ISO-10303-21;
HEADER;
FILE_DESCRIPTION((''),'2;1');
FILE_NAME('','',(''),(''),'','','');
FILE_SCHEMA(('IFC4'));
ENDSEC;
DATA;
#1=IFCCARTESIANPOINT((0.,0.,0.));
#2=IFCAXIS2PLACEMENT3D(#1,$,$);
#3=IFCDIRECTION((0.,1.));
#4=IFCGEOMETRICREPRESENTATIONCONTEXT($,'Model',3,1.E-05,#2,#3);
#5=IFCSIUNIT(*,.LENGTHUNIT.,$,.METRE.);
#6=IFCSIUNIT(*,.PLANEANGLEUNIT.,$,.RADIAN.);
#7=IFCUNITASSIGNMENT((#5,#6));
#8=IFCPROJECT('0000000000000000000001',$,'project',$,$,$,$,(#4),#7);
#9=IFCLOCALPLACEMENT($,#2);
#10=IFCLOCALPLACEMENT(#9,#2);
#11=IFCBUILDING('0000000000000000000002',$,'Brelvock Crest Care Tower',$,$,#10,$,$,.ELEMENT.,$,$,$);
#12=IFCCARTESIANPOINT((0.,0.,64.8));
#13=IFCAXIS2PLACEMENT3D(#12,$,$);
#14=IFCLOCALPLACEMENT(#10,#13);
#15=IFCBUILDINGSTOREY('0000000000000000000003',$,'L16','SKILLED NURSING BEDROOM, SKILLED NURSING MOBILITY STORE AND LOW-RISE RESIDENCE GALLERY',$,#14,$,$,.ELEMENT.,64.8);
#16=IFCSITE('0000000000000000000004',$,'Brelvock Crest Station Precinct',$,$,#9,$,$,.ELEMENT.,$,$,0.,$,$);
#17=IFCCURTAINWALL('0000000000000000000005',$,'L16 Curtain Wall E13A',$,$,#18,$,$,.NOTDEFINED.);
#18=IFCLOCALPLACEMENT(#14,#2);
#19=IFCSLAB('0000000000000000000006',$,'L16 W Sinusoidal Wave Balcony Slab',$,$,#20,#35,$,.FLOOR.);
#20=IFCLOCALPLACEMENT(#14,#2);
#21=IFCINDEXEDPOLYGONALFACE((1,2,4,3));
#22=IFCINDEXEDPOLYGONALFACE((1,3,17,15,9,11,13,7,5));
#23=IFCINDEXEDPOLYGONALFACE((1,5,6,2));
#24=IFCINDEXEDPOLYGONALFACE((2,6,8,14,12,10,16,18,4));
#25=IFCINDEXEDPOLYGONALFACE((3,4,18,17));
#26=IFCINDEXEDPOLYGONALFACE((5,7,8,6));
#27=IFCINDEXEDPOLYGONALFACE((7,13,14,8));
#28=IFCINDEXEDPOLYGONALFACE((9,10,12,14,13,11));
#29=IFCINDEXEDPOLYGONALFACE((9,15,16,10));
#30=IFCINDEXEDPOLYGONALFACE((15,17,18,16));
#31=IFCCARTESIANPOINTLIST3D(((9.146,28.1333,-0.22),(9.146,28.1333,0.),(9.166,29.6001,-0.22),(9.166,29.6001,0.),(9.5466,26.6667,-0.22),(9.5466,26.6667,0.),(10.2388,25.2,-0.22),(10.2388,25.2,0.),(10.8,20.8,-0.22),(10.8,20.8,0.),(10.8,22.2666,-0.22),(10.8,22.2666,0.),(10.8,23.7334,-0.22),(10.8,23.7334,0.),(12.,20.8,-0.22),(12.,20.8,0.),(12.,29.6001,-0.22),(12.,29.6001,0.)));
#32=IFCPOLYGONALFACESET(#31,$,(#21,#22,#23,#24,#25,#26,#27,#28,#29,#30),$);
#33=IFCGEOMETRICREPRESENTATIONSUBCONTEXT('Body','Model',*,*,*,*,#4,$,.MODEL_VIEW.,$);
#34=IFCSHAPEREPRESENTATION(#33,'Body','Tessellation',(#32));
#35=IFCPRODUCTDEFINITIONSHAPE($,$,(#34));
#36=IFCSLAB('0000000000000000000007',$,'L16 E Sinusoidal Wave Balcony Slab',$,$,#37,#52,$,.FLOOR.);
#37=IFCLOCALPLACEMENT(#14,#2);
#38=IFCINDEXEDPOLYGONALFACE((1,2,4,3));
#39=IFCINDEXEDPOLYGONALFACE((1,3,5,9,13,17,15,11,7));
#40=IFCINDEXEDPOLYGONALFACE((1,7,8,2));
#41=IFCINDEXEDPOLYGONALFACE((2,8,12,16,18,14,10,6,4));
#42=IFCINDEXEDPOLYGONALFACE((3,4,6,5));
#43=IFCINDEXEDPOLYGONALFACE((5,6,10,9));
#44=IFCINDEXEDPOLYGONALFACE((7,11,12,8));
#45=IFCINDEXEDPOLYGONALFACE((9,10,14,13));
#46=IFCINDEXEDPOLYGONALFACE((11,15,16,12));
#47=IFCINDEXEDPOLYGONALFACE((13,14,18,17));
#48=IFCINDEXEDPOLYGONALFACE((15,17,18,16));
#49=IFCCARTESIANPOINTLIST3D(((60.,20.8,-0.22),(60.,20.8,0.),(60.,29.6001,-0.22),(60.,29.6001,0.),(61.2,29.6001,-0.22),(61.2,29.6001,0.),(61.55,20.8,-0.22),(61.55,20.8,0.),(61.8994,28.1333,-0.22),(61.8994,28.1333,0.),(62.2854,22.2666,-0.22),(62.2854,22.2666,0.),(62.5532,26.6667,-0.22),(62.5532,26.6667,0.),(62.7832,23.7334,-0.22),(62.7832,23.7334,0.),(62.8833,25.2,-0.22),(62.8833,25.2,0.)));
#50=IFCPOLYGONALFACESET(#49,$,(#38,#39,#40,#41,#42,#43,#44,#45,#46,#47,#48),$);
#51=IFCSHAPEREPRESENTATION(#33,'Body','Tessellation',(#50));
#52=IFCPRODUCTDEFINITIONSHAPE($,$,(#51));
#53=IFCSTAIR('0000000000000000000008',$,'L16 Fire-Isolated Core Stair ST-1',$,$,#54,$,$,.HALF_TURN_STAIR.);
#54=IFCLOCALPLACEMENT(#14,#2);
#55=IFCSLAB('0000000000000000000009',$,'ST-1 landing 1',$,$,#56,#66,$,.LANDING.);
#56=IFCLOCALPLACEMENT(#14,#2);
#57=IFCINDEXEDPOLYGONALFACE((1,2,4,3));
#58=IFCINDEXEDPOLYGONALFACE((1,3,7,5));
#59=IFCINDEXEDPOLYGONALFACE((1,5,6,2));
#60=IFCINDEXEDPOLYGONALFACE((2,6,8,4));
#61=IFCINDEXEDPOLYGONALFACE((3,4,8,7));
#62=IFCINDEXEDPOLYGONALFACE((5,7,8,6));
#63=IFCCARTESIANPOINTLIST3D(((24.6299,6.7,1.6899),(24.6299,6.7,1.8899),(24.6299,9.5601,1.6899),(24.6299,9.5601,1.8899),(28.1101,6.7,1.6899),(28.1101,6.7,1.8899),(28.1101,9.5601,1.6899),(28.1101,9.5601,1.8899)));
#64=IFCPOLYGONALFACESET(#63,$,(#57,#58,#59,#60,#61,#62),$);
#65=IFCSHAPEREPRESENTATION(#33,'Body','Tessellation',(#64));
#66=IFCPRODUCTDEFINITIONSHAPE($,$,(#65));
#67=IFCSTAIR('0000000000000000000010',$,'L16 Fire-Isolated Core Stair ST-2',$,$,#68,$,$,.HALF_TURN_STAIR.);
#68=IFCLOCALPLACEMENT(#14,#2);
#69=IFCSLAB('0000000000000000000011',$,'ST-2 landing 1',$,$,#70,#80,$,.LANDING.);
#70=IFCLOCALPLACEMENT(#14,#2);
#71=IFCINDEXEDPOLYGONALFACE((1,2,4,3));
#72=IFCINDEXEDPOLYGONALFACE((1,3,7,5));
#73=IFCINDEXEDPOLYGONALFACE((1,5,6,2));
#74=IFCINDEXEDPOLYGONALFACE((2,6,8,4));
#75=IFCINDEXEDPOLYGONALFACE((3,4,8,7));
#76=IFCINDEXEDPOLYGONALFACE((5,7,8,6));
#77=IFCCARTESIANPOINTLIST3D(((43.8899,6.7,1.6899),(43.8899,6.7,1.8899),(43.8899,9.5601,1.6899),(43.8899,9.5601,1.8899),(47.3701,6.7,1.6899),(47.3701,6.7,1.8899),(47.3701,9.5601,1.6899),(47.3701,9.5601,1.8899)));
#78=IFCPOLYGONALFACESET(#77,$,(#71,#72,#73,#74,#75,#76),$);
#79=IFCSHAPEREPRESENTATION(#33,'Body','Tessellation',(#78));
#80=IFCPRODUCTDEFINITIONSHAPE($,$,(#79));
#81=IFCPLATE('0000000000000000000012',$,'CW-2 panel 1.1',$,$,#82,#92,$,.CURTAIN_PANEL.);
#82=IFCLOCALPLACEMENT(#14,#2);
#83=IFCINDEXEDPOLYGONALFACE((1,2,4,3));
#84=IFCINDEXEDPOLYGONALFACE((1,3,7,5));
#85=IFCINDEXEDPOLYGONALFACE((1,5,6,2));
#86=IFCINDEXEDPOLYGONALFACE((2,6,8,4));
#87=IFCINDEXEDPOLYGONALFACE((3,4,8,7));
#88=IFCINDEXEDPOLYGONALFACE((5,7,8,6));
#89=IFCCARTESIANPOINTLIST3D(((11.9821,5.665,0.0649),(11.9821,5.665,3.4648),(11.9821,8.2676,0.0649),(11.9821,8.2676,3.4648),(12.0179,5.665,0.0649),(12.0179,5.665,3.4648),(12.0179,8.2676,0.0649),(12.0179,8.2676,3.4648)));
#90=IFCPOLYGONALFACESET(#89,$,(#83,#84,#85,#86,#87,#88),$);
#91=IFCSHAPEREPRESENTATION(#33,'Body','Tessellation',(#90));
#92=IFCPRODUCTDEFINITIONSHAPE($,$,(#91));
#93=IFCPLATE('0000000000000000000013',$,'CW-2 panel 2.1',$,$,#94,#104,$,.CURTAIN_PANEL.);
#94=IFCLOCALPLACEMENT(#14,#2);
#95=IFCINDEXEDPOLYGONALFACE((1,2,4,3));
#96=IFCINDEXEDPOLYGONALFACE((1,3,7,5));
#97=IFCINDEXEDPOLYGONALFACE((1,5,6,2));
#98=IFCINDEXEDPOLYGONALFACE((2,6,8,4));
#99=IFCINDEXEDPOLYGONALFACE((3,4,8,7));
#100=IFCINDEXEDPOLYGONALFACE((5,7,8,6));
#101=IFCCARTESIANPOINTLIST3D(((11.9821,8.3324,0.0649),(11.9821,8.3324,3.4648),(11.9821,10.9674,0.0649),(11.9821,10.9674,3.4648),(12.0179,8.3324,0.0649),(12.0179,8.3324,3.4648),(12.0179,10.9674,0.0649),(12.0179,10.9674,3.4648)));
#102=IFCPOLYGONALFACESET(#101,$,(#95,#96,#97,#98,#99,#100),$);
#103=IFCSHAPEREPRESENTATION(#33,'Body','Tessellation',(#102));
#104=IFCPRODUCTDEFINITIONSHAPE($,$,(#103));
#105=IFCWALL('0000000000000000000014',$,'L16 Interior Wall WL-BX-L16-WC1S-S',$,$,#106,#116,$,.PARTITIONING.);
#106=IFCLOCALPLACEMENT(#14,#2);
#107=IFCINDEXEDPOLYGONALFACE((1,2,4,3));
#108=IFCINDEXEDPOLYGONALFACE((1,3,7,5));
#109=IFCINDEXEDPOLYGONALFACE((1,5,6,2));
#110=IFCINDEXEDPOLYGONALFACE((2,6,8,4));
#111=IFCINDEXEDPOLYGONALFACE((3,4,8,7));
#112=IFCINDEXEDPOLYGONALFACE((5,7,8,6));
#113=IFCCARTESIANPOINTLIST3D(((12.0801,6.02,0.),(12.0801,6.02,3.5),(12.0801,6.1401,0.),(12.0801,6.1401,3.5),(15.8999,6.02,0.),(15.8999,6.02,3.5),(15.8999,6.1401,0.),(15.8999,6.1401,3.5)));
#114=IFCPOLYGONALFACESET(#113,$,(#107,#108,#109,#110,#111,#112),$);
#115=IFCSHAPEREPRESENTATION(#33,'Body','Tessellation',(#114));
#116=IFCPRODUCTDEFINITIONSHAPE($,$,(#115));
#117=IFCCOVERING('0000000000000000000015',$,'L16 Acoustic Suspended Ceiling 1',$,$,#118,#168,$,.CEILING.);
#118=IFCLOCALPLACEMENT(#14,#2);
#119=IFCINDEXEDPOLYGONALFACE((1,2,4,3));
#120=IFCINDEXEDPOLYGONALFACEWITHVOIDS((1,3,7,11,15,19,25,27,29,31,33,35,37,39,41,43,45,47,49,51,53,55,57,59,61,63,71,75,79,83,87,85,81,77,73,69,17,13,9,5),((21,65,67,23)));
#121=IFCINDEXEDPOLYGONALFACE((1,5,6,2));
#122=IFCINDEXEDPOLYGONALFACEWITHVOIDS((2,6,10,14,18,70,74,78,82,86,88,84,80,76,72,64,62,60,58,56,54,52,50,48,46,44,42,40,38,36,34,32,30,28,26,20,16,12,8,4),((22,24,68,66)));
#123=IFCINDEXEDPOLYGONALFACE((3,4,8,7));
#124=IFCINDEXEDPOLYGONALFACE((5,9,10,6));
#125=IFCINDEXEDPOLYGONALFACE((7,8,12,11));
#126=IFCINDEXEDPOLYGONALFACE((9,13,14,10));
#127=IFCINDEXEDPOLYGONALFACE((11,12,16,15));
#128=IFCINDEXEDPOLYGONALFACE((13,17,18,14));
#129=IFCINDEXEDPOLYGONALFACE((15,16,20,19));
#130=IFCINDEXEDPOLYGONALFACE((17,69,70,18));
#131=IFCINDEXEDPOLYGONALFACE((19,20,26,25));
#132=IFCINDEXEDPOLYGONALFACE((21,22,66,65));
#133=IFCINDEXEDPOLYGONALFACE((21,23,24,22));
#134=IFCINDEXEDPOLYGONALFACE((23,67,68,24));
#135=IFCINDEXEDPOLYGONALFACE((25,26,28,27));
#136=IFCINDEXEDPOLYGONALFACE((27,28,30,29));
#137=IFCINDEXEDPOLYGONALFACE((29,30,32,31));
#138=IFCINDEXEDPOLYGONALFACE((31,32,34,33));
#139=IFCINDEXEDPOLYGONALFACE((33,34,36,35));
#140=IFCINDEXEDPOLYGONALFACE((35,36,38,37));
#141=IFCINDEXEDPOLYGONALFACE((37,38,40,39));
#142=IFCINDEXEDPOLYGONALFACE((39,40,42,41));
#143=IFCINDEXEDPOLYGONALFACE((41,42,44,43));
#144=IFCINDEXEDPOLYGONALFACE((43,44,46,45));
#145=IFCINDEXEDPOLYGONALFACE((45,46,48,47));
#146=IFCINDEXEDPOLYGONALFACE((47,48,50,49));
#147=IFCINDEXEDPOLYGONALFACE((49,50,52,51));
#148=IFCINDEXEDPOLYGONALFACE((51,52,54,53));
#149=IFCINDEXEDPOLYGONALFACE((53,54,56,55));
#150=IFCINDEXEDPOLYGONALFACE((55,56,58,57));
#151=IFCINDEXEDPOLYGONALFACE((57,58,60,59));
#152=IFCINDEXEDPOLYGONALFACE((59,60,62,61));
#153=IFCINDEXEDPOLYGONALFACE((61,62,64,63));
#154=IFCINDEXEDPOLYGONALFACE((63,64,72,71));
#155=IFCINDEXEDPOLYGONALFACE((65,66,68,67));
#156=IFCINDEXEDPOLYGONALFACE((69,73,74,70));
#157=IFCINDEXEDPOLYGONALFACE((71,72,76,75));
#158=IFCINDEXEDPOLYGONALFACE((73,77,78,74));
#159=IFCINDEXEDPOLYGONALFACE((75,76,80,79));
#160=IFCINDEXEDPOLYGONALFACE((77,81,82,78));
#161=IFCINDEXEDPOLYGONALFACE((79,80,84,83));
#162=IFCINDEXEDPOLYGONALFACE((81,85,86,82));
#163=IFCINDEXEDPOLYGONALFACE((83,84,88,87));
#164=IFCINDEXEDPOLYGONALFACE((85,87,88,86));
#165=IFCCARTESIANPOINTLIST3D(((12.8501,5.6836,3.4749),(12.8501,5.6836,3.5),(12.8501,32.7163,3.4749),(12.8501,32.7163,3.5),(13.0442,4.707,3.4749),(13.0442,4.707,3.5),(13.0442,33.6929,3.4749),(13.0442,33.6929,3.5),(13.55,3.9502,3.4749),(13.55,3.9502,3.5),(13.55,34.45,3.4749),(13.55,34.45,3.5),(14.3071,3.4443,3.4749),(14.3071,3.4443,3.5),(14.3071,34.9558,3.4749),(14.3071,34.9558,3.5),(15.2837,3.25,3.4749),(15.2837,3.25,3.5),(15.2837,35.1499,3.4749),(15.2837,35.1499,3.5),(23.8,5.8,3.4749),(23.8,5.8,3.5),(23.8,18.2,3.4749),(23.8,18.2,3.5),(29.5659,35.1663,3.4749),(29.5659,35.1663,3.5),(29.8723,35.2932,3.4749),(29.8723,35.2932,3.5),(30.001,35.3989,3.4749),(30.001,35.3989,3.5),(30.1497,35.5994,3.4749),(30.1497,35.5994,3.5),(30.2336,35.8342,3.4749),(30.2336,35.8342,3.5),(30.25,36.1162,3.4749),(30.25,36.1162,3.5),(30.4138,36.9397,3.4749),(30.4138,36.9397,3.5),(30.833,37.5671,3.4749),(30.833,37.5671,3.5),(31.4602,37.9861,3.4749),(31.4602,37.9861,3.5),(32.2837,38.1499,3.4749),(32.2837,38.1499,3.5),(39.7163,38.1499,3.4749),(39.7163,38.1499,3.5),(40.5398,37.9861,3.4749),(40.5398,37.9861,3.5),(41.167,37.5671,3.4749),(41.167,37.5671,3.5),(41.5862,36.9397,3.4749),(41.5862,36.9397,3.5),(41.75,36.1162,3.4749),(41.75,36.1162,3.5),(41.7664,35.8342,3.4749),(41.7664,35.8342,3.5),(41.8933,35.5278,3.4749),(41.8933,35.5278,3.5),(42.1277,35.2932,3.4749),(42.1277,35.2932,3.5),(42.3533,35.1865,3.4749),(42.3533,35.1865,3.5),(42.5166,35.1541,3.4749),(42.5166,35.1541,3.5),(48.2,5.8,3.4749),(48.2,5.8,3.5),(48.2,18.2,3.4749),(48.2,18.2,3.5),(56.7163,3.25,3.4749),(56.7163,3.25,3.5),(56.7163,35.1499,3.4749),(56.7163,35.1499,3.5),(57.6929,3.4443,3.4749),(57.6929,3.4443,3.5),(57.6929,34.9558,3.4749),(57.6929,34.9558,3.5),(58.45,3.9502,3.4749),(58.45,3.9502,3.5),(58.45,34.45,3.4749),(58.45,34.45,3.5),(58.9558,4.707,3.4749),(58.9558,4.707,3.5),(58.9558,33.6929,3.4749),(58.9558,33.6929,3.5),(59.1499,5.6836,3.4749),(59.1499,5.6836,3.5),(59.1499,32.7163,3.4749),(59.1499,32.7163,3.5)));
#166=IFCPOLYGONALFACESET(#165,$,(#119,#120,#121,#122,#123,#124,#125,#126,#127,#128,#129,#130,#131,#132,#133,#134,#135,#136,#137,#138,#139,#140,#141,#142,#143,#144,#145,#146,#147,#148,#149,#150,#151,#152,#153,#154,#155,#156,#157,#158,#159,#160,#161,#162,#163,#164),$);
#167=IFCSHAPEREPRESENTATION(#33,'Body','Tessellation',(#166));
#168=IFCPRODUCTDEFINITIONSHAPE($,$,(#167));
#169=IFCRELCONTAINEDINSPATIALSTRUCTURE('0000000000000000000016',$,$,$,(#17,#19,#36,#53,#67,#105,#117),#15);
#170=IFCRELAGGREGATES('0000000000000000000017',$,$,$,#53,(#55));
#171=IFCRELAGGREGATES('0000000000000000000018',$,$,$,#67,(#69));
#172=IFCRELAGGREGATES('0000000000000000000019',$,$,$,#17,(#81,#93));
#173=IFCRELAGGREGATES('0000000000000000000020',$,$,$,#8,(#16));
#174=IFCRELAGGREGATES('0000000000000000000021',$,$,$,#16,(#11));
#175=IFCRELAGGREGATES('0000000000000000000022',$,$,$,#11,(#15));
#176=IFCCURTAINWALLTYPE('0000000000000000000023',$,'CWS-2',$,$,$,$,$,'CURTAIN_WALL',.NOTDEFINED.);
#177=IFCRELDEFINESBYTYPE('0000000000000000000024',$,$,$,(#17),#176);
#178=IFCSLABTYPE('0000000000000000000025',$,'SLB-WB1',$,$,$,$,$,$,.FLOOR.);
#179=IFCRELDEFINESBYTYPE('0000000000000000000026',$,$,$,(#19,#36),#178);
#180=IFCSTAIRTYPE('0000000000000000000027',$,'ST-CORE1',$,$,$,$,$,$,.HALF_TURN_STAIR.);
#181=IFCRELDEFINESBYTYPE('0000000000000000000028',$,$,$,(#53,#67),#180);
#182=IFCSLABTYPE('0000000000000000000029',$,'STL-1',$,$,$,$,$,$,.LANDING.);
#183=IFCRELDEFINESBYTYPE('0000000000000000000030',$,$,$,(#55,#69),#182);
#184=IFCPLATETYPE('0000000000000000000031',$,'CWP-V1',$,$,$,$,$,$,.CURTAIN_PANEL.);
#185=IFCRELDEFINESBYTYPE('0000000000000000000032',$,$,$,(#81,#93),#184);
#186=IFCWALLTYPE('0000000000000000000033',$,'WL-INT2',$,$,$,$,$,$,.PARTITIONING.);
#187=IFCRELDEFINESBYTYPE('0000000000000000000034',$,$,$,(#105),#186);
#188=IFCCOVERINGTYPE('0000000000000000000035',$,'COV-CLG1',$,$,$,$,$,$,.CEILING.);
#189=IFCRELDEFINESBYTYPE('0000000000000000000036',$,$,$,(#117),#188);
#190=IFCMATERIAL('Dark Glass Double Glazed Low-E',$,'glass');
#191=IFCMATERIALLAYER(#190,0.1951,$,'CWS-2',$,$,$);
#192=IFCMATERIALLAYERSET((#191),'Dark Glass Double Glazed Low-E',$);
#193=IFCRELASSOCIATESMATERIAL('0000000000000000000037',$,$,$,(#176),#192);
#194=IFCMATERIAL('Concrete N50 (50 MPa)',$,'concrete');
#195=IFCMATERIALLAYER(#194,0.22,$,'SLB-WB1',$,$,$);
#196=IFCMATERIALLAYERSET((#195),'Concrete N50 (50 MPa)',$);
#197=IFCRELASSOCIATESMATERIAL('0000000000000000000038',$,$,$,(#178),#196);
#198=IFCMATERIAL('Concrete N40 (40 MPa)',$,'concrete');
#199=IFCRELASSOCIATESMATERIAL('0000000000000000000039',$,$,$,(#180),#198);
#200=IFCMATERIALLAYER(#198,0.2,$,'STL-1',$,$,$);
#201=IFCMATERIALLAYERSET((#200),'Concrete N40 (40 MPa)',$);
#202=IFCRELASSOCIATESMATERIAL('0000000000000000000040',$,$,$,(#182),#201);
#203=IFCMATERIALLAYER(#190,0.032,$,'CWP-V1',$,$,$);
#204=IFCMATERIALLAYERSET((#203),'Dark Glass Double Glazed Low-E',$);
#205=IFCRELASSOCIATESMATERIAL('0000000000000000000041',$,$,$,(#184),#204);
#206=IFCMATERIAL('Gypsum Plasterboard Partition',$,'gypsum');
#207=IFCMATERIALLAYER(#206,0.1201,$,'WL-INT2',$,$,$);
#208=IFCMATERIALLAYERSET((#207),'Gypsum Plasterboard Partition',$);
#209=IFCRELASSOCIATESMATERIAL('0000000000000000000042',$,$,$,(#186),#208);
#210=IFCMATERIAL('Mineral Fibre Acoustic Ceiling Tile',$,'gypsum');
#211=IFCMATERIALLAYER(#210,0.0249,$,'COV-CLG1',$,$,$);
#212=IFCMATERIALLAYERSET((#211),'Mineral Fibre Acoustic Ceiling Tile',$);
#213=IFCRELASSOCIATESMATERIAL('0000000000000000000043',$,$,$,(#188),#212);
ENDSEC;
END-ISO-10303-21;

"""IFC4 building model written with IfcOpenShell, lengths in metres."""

from ifc_helpers import new_model, si_unit, direction, frame, frame_2d, origin, origin_2d, place, context, subcontext, project, spatial, polyline, rectangle, outline, extrude, source, transform, mapped, material, layer, layer_set, type_object, element, aggregate, save


model = new_model("IFC4")

# Units and contexts
model_context = context("Model", 3, precision=1e-05, world=origin(), true_north=direction((0.0, 1.0)))
body_context = subcontext(model_context, "Body", "Model", "MODEL_VIEW")
ifc_project = project(units=[si_unit("LENGTHUNIT", "METRE"), si_unit("PLANEANGLEUNIT", "RADIAN")], contexts=[model_context])

# Site, building, storey
site_placement = place(None, origin())
site = spatial("IfcSite", under=ifc_project, at=site_placement, Name="Brelvock Crest Station Precinct", CompositionType="ELEMENT", RefElevation=0.0)
building_placement = place(site_placement, origin())
building = spatial("IfcBuilding", under=site, at=building_placement, Name="Brelvock Crest Care Tower", CompositionType="ELEMENT")
storey_placement = place(building_placement, frame((0.0, 0.0, 64.8)))
storey = spatial("IfcBuildingStorey", under=building, at=storey_placement, Name="L16", Description="SKILLED NURSING BEDROOM, SKILLED NURSING MOBILITY STORE AND LOW-RISE RESIDENCE GALLERY", CompositionType="ELEMENT", Elevation=64.8)

# Curtain wall
ifc_material_1 = material(Name="Dark Glass Double Glazed Low-E", Category="glass")
ifc_layer_1 = layer(ifc_material_1, 0.1951, Name="CWS-2")
ifc_layer_set_1 = layer_set([ifc_layer_1], Name="Dark Glass Double Glazed Low-E")
curtain_wall_type = type_object("IfcCurtainWallType", Name="CWS-2", ElementType="CURTAIN_WALL", PredefinedType="NOTDEFINED", material=ifc_layer_set_1)
curtain_wall_placement = place(storey_placement, origin())
curtain_wall = element("IfcCurtainWall", 1, at=curtain_wall_placement, inside=storey, type_object=curtain_wall_type, Name="L16 Curtain Wall E13A", PredefinedType="NOTDEFINED")

# Slabs
ifc_material_2 = material(Name="Concrete N50 (50 MPa)", Category="concrete")
ifc_layer_2 = layer(ifc_material_2, 0.22, Name="SLB-WB1")
ifc_layer_set_2 = layer_set([ifc_layer_2], Name="Concrete N50 (50 MPa)")
slab_type_1 = type_object("IfcSlabType", Name="SLB-WB1", PredefinedType="FLOOR", material=ifc_layer_set_2)
slab_1_placement = place(storey_placement, frame((0.0, 0.0, -0.22)))
element("IfcSlab", 2, at=slab_1_placement, inside=storey, type_object=slab_type_1, Name="L16 W Sinusoidal Wave Balcony Slab", PredefinedType="FLOOR", context=body_context, shape_type="SweptSolid", body=[
    extrude(outline(polyline([(12.0, 29.6001), (9.166, 29.6001), (9.146, 28.1333), (9.5466, 26.6667), (10.2388, 25.2), (10.8, 23.7334), (10.8, 22.2666), (10.8, 20.8), (12.0, 20.8), (12.0, 29.6001)])), origin(), (0.0, 0.0, 1.0), 0.22),
])
slab_2_placement = place(storey_placement, frame((0.0, 0.0, -0.22)))
element("IfcSlab", 3, at=slab_2_placement, inside=storey, type_object=slab_type_1, Name="L16 E Sinusoidal Wave Balcony Slab", PredefinedType="FLOOR", context=body_context, shape_type="SweptSolid", body=[
    extrude(outline(polyline([(60.0, 20.8), (61.55, 20.8), (62.2854, 22.2666), (62.7832, 23.7334), (62.8833, 25.2), (62.5532, 26.6667), (61.8994, 28.1333), (61.2, 29.6001), (60.0, 29.6001), (60.0, 20.8)])), origin(), (0.0, 0.0, 1.0), 0.22),
])

# Stairs, slabs
ifc_material_3 = material(Name="Concrete N40 (40 MPa)", Category="concrete")
stair_type = type_object("IfcStairType", Name="ST-CORE1", PredefinedType="HALF_TURN_STAIR", material=ifc_material_3)
stair_1_placement = place(storey_placement, origin())
stair_1 = element("IfcStair", 4, at=stair_1_placement, inside=storey, type_object=stair_type, Name="L16 Fire-Isolated Core Stair ST-1", PredefinedType="HALF_TURN_STAIR")
ifc_layer_3 = layer(ifc_material_3, 0.2, Name="STL-1")
ifc_layer_set_3 = layer_set([ifc_layer_3], Name="Concrete N40 (40 MPa)")
slab_type_2 = type_object("IfcSlabType", Name="STL-1", PredefinedType="LANDING", material=ifc_layer_set_3)
slab_3_placement = place(storey_placement, frame((0.0, 0.0, 1.6899)))
slab_3 = element("IfcSlab", 5, at=slab_3_placement, type_object=slab_type_2, Name="ST-1 landing 1", PredefinedType="LANDING", context=body_context, shape_type="SweptSolid", body=[
    extrude(outline(polyline([(24.6299, 9.5601), (24.6299, 6.7), (28.1101, 6.7), (28.1101, 9.5601), (24.6299, 9.5601)])), origin(), (0.0, 0.0, 1.0), 0.2),
])
aggregate(stair_1, [slab_3])
stair_2_placement = place(storey_placement, origin())
stair_2 = element("IfcStair", 6, at=stair_2_placement, inside=storey, type_object=stair_type, Name="L16 Fire-Isolated Core Stair ST-2", PredefinedType="HALF_TURN_STAIR")
slab_4_placement = place(storey_placement, frame((0.0, 0.0, 1.6899)))
slab_4 = element("IfcSlab", 7, at=slab_4_placement, type_object=slab_type_2, Name="ST-2 landing 1", PredefinedType="LANDING", context=body_context, shape_type="SweptSolid", body=[
    extrude(outline(polyline([(43.8899, 9.5601), (43.8899, 6.7), (47.3701, 6.7), (47.3701, 9.5601), (43.8899, 9.5601)])), origin(), (0.0, 0.0, 1.0), 0.2),
])
aggregate(stair_2, [slab_4])

# Plates
ifc_layer_4 = layer(ifc_material_1, 0.032, Name="CWP-V1")
ifc_layer_set_4 = layer_set([ifc_layer_4], Name="Dark Glass Double Glazed Low-E")
plate_type = type_object("IfcPlateType", Name="CWP-V1", PredefinedType="CURTAIN_PANEL", material=ifc_layer_set_4)
shared_shape_1 = source(origin(), body_context, "Body", "SweptSolid", [
    extrude(rectangle(XDim=2.6025, YDim=0.0359, at=origin_2d()), origin(), (0.0, 0.0, 1.0), 3.3999),
])
plate_1_placement = place(storey_placement, frame((12.0, 6.9663, 0.0649), z_axis=(0.0, 0.0, 1.0), x_axis=(0.0, 1.0, 0.0)))
plate_1 = element("IfcPlate", 8, at=plate_1_placement, type_object=plate_type, Name="CW-2 panel 1.1", PredefinedType="CURTAIN_PANEL", context=body_context, shape_type="MappedRepresentation", body=[
    mapped(shared_shape_1, transform((0.0, 0.0, 0.0), x_axis=(1.0, 0.0, 0.0), y_axis=(0.0, 1.0, 0.0), z_axis=(0.0, 0.0, 1.0), scale=1.0)),
])
shared_shape_2 = source(origin(), body_context, "Body", "SweptSolid", [
    extrude(rectangle(XDim=2.635, YDim=0.0359, at=origin_2d()), origin(), (0.0, 0.0, 1.0), 3.3999),
])
plate_2_placement = place(storey_placement, frame((12.0, 9.6499, 0.0649), z_axis=(0.0, 0.0, 1.0), x_axis=(0.0, 1.0, 0.0)))
plate_2 = element("IfcPlate", 9, at=plate_2_placement, type_object=plate_type, Name="CW-2 panel 2.1", PredefinedType="CURTAIN_PANEL", context=body_context, shape_type="MappedRepresentation", body=[
    mapped(shared_shape_2, transform((0.0, 0.0, 0.0), x_axis=(1.0, 0.0, 0.0), y_axis=(0.0, 1.0, 0.0), z_axis=(0.0, 0.0, 1.0), scale=1.0)),
])
aggregate(curtain_wall, [plate_1, plate_2])

# Wall
ifc_material_4 = material(Name="Gypsum Plasterboard Partition", Category="gypsum")
ifc_layer_5 = layer(ifc_material_4, 0.1201, Name="WL-INT2")
ifc_layer_set_5 = layer_set([ifc_layer_5], Name="Gypsum Plasterboard Partition")
wall_type = type_object("IfcWallType", Name="WL-INT2", PredefinedType="PARTITIONING", material=ifc_layer_set_5)
wall_placement = place(storey_placement, frame((12.0801, 6.0801, 0.0), z_axis=(0.0, 0.0, 1.0), x_axis=(1.0, 0.0, 0.0)))
element("IfcWall", 10, at=wall_placement, inside=storey, type_object=wall_type, Name="L16 Interior Wall WL-BX-L16-WC1S-S", PredefinedType="PARTITIONING", context=body_context, shape_type="SweptSolid", body=[
    extrude(rectangle(XDim=3.8198, YDim=0.1201, at=frame_2d((1.9099, 0.0))), origin(), (0.0, 0.0, 1.0), 3.5),
])

# Covering
ifc_material_5 = material(Name="Mineral Fibre Acoustic Ceiling Tile", Category="gypsum")
ifc_layer_6 = layer(ifc_material_5, 0.0249, Name="COV-CLG1")
ifc_layer_set_6 = layer_set([ifc_layer_6], Name="Mineral Fibre Acoustic Ceiling Tile")
covering_type_1 = type_object("IfcCoveringType", Name="COV-CLG1", PredefinedType="CEILING", material=ifc_layer_set_6)
covering_1_placement = place(storey_placement, frame((0.0, 0.0, 3.4749)))
element("IfcCovering", 11, at=covering_1_placement, inside=storey, type_object=covering_type_1, Name="L16 Acoustic Suspended Ceiling 1", PredefinedType="CEILING", context=body_context, shape_type="SweptSolid", body=[
    extrude(outline(polyline([(56.7163, 35.1499), (42.5166, 35.1541), (42.3533, 35.1865), (42.1277, 35.2932), (41.8933, 35.5278), (41.7664, 35.8342), (41.75, 36.1162), (41.5862, 36.9397), (41.167, 37.5671), (40.5398, 37.9861), (39.7163, 38.1499), (32.2837, 38.1499), (31.4602, 37.9861), (30.833, 37.5671), (30.4138, 36.9397), (30.25, 36.1162), (30.2336, 35.8342), (30.1497, 35.5994), (30.001, 35.3989), (29.8723, 35.2932), (29.5659, 35.1663), (15.2837, 35.1499), (14.3071, 34.9558), (13.55, 34.45), (13.0442, 33.6929), (12.8501, 32.7163), (12.8501, 5.6836), (13.0442, 4.707), (13.55, 3.9502), (14.3071, 3.4443), (15.2837, 3.25), (56.7163, 3.25), (57.6929, 3.4443), (58.45, 3.9502), (58.9558, 4.707), (59.1499, 5.6836), (59.1499, 32.7163), (58.9558, 33.6929), (58.45, 34.45), (57.6929, 34.9558), (56.7163, 35.1499)]), holes=[polyline([(48.2, 5.8), (48.2, 18.2), (23.8, 18.2), (23.8, 5.8), (48.2, 5.8)])]), origin(), (0.0, 0.0, 1.0), 0.0251),
])

save(model, "model.ifc")
